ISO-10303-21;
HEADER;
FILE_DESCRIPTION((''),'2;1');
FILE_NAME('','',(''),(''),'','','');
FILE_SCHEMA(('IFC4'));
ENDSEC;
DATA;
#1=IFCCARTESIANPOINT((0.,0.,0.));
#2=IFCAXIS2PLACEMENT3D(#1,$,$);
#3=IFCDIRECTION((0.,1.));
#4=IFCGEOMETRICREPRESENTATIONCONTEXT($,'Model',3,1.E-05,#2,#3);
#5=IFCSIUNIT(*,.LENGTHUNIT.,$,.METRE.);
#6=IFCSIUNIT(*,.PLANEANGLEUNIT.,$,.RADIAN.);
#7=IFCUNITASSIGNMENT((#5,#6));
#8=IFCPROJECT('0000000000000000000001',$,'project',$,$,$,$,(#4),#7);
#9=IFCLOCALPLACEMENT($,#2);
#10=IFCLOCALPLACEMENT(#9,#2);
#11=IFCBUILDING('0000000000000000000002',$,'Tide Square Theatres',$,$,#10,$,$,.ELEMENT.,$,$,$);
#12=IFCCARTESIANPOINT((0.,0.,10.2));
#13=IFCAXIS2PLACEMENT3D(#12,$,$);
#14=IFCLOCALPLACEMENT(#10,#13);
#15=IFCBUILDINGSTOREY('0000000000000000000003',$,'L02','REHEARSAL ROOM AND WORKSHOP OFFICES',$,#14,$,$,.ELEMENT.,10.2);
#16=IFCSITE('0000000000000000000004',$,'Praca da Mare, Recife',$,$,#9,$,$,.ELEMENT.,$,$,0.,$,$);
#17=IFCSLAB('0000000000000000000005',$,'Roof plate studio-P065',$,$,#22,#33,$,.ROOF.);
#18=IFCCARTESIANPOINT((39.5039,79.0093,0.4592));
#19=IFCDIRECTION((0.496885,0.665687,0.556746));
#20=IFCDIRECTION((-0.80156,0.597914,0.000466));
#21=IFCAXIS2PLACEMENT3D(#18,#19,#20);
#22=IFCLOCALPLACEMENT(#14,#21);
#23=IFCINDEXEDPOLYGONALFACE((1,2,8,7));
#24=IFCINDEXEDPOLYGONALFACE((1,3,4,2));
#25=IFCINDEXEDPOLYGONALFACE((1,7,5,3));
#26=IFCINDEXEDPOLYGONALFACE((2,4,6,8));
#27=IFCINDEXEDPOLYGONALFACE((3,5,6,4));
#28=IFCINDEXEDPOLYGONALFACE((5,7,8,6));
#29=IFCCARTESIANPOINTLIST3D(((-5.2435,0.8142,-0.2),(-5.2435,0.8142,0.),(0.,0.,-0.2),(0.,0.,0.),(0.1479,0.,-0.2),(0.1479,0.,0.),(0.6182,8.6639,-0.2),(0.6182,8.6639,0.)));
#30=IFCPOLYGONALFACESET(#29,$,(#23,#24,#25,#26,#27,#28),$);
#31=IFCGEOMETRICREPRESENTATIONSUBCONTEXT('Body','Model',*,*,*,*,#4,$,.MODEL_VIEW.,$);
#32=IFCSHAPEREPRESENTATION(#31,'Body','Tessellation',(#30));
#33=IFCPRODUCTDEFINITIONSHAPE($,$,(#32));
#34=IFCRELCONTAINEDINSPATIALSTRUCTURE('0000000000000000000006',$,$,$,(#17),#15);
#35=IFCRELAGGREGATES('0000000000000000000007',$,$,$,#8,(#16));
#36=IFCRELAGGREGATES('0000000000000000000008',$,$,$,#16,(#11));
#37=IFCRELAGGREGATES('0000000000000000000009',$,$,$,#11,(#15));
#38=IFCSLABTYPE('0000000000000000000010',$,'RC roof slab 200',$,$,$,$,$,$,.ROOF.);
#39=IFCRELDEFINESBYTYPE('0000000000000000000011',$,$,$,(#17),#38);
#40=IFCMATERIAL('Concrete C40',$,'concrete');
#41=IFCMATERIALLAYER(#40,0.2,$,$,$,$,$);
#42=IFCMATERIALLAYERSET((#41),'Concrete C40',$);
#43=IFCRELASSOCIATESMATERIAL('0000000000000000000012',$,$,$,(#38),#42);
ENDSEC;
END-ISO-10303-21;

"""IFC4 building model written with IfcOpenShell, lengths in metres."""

from ifc_helpers import new_model, si_unit, direction, frame, origin, place, context, subcontext, project, spatial, polyline, outline, extrude, material, layer, layer_set, type_object, element, save


model = new_model("IFC4")

# Units and contexts
model_context = context("Model", 3, precision=1e-05, world=origin(), true_north=direction((0.0, 1.0)))
body_context = subcontext(model_context, "Body", "Model", "MODEL_VIEW")
ifc_project = project(units=[si_unit("LENGTHUNIT", "METRE"), si_unit("PLANEANGLEUNIT", "RADIAN")], contexts=[model_context])

# Site, building, storey
site_placement = place(None, origin())
site = spatial("IfcSite", under=ifc_project, at=site_placement, Name="Praca da Mare, Recife", CompositionType="ELEMENT", RefElevation=0.0)
building_placement = place(site_placement, origin())
building = spatial("IfcBuilding", under=site, at=building_placement, Name="Tide Square Theatres", CompositionType="ELEMENT")
storey_placement = place(building_placement, frame((0.0, 0.0, 10.2)))
storey = spatial("IfcBuildingStorey", under=building, at=storey_placement, Name="L02", Description="REHEARSAL ROOM AND WORKSHOP OFFICES", CompositionType="ELEMENT", Elevation=10.2)

# Slab
ifc_material_1 = material(Name="Concrete C40", Category="concrete")
ifc_layer_1 = layer(ifc_material_1, 0.2)
ifc_layer_set_1 = layer_set([ifc_layer_1], Name="Concrete C40")
slab_type = type_object("IfcSlabType", Name="RC roof slab 200", PredefinedType="ROOF", material=ifc_layer_set_1)
slab_1_placement = place(storey_placement, frame((39.5039, 79.0093, 0.4592), z_axis=(0.496885, 0.665687, 0.556746), x_axis=(-0.80156, 0.597914, 0.000466)))
element("IfcSlab", 1, at=slab_1_placement, inside=storey, type_object=slab_type, Name="Roof plate studio-P065", PredefinedType="ROOF", context=body_context, shape_type="SweptSolid", body=[
    extrude(outline(polyline([(0.0, 0.0), (0.1479, 0.0), (0.6182, 8.6639), (-5.2435, 0.8142), (0.0, 0.0)])), origin(), (0.0, 0.0, -1.0), 0.2),
])

save(model, "model.ifc")
